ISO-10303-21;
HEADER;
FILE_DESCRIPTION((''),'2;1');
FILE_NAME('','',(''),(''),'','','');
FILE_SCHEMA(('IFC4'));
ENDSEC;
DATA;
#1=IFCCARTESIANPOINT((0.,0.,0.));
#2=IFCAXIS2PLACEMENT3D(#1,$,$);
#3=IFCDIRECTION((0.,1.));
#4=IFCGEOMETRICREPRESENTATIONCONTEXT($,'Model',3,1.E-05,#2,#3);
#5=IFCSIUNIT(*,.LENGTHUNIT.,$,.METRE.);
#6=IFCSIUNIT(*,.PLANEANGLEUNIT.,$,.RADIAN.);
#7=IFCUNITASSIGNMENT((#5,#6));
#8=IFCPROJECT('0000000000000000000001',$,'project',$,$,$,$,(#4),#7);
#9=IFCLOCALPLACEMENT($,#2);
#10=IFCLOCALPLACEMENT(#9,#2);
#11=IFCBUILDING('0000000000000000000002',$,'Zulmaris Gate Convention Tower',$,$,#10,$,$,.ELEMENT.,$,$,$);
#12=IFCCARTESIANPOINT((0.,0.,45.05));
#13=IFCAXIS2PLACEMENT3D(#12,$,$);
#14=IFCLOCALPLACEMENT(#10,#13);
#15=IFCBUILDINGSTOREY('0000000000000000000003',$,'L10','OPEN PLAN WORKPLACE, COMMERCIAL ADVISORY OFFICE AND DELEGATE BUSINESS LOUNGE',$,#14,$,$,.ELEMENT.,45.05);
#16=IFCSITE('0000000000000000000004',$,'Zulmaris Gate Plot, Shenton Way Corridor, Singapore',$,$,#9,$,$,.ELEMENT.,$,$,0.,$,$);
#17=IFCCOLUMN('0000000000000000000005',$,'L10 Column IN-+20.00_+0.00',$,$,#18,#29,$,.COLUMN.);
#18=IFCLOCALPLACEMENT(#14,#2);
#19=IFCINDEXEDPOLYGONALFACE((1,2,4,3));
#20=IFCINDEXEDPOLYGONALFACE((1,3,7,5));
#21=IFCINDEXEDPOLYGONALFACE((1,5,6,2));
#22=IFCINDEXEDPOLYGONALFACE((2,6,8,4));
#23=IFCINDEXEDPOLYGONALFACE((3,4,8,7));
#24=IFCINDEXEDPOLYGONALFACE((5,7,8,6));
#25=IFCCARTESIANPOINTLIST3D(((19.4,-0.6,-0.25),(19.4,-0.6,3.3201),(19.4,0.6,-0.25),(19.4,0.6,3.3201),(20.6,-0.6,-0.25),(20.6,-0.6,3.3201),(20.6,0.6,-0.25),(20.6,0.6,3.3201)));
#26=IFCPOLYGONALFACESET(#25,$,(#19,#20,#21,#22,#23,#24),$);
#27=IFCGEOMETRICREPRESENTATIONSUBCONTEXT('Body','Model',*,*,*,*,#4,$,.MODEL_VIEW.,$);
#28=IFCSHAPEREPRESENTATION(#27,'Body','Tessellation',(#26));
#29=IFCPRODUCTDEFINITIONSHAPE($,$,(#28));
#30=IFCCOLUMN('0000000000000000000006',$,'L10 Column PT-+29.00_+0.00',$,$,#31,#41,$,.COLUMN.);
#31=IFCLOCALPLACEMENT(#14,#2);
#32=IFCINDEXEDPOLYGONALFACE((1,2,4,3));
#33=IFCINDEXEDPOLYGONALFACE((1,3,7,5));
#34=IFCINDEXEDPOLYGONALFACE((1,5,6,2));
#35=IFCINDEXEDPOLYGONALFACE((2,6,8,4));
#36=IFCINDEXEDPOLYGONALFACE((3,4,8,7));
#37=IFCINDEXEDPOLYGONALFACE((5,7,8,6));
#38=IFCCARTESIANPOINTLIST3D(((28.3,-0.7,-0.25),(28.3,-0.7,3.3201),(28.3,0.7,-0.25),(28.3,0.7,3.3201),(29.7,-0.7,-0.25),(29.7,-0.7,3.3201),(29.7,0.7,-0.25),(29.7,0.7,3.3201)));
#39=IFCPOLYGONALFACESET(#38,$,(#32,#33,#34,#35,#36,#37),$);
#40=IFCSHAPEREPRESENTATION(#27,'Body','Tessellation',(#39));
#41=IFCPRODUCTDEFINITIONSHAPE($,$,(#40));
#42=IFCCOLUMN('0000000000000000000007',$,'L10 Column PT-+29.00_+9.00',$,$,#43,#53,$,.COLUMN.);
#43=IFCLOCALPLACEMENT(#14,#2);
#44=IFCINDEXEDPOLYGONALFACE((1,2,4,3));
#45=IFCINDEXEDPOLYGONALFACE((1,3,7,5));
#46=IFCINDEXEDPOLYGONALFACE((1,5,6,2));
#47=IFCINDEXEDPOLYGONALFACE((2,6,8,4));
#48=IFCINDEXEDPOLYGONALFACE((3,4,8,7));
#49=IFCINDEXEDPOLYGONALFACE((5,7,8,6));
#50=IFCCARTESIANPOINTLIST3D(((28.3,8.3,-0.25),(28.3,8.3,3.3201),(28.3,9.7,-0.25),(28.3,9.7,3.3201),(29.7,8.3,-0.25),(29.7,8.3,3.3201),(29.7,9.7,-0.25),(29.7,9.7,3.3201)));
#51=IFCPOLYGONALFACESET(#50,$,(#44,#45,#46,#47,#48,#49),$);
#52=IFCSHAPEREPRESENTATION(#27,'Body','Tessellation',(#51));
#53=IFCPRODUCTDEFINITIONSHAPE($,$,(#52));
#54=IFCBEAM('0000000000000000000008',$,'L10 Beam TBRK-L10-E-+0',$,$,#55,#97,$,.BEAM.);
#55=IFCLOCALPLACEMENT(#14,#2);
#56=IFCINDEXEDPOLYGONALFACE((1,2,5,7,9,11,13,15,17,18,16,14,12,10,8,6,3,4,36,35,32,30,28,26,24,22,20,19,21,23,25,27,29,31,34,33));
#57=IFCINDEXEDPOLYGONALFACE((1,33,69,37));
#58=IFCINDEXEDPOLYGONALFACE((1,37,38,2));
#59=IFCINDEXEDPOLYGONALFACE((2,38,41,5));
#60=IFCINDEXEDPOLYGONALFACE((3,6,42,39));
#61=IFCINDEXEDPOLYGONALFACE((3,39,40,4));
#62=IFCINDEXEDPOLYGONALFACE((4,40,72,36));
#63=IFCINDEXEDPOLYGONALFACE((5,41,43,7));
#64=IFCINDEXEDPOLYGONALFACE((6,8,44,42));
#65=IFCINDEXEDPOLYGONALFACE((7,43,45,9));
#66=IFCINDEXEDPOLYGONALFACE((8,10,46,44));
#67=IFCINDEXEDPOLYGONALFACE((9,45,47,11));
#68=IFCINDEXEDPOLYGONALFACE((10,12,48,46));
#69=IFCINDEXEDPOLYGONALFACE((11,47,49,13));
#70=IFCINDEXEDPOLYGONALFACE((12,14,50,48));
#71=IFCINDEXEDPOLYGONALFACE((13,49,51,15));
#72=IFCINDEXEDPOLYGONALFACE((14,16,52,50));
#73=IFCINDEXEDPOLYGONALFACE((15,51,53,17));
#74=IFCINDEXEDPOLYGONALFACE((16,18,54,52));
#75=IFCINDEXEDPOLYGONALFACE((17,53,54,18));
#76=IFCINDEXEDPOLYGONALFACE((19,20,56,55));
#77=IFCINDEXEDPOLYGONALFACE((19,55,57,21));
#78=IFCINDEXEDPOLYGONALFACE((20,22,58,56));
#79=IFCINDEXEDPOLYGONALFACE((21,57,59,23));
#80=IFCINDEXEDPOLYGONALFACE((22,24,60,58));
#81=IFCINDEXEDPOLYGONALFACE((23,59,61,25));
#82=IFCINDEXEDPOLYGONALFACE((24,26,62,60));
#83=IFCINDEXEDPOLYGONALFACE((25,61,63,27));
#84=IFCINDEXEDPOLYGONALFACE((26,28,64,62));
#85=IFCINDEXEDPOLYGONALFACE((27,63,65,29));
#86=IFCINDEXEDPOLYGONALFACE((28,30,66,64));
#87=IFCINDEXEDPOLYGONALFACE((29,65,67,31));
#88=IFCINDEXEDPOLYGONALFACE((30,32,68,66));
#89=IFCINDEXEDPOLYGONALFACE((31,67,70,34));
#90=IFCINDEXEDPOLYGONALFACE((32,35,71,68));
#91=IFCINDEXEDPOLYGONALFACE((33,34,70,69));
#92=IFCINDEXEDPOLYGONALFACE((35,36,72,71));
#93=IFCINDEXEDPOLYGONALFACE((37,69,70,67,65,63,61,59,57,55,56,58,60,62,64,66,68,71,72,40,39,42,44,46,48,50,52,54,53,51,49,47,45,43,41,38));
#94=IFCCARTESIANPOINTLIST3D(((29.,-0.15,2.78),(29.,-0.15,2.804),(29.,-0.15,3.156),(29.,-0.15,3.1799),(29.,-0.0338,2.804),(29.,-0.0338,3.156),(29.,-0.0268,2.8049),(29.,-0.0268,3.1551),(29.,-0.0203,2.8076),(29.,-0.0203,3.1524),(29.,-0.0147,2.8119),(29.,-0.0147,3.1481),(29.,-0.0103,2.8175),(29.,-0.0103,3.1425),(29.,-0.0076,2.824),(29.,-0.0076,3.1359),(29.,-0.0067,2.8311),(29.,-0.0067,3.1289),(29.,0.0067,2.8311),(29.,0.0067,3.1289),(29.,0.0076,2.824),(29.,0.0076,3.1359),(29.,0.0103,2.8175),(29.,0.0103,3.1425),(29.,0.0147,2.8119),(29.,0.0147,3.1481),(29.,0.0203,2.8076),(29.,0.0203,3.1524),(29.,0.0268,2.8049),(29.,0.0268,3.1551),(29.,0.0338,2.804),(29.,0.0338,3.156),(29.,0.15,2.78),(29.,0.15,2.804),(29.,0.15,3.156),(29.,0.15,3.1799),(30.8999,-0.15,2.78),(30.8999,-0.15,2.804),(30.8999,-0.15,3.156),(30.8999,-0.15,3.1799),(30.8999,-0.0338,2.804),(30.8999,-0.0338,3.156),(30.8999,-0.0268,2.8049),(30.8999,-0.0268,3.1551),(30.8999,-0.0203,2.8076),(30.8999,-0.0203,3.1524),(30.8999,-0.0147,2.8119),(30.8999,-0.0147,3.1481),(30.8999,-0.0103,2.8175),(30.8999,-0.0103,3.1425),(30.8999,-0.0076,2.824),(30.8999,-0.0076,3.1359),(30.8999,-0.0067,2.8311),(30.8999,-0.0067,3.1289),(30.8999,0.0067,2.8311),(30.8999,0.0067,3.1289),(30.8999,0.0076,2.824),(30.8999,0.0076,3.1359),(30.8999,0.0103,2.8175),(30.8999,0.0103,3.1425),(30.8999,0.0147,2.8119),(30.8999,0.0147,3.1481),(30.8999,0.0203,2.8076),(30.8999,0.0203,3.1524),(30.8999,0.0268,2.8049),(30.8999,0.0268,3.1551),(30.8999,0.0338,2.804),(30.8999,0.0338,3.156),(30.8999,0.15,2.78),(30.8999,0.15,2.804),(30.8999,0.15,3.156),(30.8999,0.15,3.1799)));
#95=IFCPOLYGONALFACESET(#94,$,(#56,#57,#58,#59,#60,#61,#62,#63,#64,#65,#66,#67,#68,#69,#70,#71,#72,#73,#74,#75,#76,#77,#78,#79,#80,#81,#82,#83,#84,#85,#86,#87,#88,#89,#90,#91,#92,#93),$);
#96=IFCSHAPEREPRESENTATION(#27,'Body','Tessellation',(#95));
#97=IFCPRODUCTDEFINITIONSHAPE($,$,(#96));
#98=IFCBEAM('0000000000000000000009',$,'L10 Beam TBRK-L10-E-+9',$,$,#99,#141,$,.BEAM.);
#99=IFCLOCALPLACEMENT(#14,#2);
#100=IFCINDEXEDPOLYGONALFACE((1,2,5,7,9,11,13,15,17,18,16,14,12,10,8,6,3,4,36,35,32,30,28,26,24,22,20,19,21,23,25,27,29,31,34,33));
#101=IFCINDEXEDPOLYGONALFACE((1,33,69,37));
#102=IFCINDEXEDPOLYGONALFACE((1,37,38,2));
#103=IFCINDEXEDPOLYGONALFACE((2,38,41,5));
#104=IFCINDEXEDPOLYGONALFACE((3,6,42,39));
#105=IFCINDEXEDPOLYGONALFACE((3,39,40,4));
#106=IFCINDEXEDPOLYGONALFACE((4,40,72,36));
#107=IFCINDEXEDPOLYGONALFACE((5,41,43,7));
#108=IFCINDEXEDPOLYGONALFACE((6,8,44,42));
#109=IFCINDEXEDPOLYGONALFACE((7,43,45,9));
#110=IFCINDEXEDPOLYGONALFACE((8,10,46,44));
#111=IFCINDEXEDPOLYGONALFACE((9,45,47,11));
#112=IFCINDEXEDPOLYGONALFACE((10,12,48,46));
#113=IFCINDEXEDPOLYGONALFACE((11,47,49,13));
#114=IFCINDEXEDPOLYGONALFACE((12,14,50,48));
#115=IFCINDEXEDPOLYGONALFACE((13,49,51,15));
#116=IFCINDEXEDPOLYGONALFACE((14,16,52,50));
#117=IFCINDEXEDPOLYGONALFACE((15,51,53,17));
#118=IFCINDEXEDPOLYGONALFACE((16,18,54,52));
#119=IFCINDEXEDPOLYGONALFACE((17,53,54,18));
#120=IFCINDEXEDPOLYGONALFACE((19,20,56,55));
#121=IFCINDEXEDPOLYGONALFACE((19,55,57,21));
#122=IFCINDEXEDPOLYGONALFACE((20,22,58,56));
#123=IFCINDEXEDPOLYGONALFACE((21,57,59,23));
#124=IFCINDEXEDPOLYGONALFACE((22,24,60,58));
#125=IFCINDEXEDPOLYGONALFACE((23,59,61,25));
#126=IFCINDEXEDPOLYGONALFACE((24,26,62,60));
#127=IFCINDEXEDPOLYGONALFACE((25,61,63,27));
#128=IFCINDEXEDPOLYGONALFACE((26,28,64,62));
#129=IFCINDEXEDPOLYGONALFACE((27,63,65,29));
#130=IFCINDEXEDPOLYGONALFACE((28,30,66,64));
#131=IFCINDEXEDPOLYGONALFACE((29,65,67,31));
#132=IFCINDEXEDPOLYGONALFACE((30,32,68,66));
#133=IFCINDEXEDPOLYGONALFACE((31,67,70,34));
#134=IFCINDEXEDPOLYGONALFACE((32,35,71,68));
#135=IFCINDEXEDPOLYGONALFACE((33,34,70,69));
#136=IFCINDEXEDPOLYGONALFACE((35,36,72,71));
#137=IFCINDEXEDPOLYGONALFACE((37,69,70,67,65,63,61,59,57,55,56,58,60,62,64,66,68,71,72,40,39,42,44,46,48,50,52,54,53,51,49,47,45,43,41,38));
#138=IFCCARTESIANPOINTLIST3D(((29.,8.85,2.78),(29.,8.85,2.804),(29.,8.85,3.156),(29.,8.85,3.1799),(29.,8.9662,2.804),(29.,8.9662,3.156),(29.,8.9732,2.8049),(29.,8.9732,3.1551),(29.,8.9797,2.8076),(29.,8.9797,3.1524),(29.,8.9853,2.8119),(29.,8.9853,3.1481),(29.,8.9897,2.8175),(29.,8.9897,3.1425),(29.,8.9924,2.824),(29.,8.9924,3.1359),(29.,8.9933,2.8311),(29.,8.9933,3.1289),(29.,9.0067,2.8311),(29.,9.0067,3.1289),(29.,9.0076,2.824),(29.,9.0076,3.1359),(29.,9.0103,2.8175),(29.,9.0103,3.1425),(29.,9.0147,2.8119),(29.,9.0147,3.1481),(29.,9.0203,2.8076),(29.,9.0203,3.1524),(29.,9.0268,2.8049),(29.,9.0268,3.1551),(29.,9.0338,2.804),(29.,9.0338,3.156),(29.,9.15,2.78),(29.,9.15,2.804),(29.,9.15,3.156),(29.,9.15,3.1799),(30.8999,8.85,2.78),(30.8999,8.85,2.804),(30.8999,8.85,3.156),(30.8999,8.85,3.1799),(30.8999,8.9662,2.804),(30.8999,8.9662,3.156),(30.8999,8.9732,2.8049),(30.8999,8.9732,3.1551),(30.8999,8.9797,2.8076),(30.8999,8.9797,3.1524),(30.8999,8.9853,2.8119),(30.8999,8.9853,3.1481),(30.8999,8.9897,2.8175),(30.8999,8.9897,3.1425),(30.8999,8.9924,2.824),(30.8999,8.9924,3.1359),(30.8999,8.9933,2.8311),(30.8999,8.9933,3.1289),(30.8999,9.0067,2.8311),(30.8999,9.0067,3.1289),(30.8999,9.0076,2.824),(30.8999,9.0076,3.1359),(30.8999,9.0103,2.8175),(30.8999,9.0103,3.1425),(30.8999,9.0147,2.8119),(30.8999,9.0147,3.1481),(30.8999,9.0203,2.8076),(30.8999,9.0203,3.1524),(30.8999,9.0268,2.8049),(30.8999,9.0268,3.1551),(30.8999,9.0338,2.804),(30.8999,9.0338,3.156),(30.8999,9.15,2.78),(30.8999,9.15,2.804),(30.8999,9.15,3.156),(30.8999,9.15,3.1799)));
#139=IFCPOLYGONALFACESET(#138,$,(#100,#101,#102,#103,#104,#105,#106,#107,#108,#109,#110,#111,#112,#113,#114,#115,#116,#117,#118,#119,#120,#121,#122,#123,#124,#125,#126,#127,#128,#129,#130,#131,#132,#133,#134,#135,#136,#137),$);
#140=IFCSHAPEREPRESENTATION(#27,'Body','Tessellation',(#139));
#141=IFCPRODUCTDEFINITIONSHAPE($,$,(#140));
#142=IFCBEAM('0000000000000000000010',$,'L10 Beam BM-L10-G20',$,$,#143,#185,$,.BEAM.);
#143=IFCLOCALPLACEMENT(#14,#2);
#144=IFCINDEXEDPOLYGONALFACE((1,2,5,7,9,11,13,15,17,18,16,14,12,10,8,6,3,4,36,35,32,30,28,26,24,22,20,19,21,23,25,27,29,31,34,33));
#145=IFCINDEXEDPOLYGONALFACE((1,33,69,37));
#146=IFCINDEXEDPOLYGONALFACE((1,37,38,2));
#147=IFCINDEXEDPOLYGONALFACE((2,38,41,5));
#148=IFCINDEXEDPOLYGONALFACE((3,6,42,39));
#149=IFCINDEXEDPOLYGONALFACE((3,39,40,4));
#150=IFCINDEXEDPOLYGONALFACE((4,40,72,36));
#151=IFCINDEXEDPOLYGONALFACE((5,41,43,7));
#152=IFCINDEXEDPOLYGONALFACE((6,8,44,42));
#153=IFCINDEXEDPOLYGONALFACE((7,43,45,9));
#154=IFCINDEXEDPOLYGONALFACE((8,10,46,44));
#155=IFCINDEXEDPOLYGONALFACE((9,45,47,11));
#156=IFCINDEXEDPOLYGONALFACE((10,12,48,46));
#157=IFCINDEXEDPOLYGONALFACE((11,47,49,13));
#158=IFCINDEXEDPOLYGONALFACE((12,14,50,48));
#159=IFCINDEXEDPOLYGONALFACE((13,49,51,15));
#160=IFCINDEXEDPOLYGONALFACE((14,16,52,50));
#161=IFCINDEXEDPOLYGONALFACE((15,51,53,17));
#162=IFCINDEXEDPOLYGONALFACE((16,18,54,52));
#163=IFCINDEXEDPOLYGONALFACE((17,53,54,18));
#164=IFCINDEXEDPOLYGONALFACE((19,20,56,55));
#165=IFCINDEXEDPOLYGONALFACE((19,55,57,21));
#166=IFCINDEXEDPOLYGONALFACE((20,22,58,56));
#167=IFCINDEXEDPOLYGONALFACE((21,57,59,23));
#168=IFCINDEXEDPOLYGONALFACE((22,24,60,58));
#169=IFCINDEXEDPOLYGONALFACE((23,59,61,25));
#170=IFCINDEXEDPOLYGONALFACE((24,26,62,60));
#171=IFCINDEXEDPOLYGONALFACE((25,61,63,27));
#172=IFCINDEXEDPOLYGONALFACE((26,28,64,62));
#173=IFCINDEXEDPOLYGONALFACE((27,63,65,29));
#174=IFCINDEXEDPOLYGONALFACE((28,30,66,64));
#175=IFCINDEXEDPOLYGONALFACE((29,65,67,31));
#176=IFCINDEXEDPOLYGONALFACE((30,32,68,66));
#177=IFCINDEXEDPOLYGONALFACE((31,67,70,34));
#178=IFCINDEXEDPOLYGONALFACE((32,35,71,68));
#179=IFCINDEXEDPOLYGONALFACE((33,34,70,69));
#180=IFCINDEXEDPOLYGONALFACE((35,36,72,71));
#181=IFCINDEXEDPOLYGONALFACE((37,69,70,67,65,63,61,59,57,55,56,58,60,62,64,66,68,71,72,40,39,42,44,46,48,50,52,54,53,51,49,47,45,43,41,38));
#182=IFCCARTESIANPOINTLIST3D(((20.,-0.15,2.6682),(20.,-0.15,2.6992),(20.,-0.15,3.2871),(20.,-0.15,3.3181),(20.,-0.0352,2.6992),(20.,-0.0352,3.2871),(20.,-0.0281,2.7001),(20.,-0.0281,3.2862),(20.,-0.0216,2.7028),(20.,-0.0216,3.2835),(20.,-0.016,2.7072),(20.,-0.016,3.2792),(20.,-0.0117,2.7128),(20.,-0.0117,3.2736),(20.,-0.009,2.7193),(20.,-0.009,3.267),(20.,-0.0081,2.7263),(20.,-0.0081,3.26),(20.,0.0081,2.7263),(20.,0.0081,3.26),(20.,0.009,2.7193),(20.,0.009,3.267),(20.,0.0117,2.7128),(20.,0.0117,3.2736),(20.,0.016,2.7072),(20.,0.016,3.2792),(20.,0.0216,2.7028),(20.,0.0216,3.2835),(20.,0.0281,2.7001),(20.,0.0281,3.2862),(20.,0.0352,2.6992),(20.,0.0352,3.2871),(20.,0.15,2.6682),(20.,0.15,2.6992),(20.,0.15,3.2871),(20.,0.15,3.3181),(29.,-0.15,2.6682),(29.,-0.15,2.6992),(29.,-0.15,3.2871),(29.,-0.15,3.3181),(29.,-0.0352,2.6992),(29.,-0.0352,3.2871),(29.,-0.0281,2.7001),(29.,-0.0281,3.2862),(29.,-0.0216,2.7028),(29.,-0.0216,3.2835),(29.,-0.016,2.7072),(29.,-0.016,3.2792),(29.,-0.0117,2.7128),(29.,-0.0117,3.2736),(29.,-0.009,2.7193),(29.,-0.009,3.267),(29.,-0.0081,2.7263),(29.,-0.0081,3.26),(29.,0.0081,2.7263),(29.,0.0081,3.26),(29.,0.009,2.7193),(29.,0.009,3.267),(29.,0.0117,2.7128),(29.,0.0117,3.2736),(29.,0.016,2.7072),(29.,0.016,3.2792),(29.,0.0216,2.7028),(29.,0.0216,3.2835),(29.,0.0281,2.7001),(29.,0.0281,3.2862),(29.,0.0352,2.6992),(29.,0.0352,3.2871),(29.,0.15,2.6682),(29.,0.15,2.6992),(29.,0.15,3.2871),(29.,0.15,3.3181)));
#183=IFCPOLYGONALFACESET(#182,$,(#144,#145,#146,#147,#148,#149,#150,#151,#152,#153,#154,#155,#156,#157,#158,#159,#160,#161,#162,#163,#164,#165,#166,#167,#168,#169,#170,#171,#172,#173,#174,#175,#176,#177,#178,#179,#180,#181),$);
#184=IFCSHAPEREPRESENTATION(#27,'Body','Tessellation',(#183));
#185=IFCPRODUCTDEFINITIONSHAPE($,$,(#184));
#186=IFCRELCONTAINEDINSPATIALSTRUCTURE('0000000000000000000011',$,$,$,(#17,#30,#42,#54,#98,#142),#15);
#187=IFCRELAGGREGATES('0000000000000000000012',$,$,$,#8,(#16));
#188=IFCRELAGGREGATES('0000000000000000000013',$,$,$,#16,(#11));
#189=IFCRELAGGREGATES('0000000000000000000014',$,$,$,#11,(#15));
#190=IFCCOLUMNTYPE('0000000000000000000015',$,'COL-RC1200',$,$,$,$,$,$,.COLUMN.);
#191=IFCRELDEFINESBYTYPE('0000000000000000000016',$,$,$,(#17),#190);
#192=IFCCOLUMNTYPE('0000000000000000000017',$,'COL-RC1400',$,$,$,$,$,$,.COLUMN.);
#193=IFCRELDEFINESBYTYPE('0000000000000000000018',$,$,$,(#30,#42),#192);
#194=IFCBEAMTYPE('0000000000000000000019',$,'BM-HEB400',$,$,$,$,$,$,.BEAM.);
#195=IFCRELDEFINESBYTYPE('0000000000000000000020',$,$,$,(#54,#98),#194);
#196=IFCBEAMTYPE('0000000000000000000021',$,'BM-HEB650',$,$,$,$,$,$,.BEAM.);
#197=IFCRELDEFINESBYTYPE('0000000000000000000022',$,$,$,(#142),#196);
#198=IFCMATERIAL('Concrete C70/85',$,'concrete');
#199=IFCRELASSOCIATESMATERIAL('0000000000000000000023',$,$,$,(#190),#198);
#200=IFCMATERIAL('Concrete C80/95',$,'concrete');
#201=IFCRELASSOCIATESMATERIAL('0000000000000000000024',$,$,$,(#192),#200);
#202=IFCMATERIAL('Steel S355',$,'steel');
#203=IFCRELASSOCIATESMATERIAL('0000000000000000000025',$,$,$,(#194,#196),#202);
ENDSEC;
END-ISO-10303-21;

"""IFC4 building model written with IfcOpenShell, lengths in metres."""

from ifc_helpers import new_model, si_unit, direction, frame, origin, origin_2d, place, context, subcontext, project, spatial, rectangle, i_section, extrude, material, material_profile, profile_set, type_object, element, save


model = new_model("IFC4")

# Units and contexts
model_context = context("Model", 3, precision=1e-05, world=origin(), true_north=direction((0.0, 1.0)))
body_context = subcontext(model_context, "Body", "Model", "MODEL_VIEW")
ifc_project = project(units=[si_unit("LENGTHUNIT", "METRE"), si_unit("PLANEANGLEUNIT", "RADIAN")], contexts=[model_context])

# Site, building, storey
site_placement = place(None, origin())
site = spatial("IfcSite", under=ifc_project, at=site_placement, Name="Zulmaris Gate Plot, Shenton Way Corridor, Singapore", CompositionType="ELEMENT", RefElevation=0.0)
building_placement = place(site_placement, origin())
building = spatial("IfcBuilding", under=site, at=building_placement, Name="Zulmaris Gate Convention Tower", CompositionType="ELEMENT")
storey_placement = place(building_placement, frame((0.0, 0.0, 45.05)))
storey = spatial("IfcBuildingStorey", under=building, at=storey_placement, Name="L10", Description="OPEN PLAN WORKPLACE, COMMERCIAL ADVISORY OFFICE AND DELEGATE BUSINESS LOUNGE", CompositionType="ELEMENT", Elevation=45.05)

# Columns
ifc_material_1 = material(Name="Concrete C70/85", Category="concrete")
ifc_material_profile_1 = material_profile(ifc_material_1, rectangle(XDim=1.2, YDim=1.2, at=origin_2d()), Name="RC COL 1200x1200")
ifc_profile_set_1 = profile_set([ifc_material_profile_1], Name="Concrete C70/85")
column_type_1 = type_object("IfcColumnType", Name="COL-RC1200", PredefinedType="COLUMN", material=ifc_profile_set_1)
column_placement = place(storey_placement, frame((20.0, 0.0, -0.25), z_axis=(0.0, 0.0, 1.0), x_axis=(1.0, 0.0, 0.0)))
element("IfcColumn", 1, at=column_placement, inside=storey, type_object=column_type_1, Name="L10 Column IN-+20.00_+0.00", PredefinedType="COLUMN", context=body_context, shape_type="SweptSolid", body=[
    extrude(rectangle(XDim=1.2, YDim=1.2, at=origin_2d()), origin(), (0.0, 0.0, 1.0), 3.5701),
])
ifc_material_2 = material(Name="Concrete C80/95", Category="concrete")
ifc_material_profile_2 = material_profile(ifc_material_2, rectangle(XDim=1.3999, YDim=1.3999, at=origin_2d()), Name="RC COL 1400x1400")
ifc_profile_set_2 = profile_set([ifc_material_profile_2], Name="Concrete C80/95")
column_type_2 = type_object("IfcColumnType", Name="COL-RC1400", PredefinedType="COLUMN", material=ifc_profile_set_2)
for number, where, z_axis, x_axis, name in (
    (2, (29.0, 0.0, -0.25), (0.0, 0.0, 1.0), (1.0, 0.0, 0.0), "L10 Column PT-+29.00_+0.00"),
    (3, (29.0, 9.0, -0.25), (0.0, 0.0, 1.0), (1.0, 0.0, 0.0), "L10 Column PT-+29.00_+9.00"),
):
    element("IfcColumn", number, at=place(storey_placement, frame(where, z_axis=z_axis, x_axis=x_axis)), inside=storey, type_object=column_type_2, Name=name, PredefinedType="COLUMN", context=body_context, shape_type="SweptSolid", body=[
        extrude(rectangle(XDim=1.3999, YDim=1.3999, at=origin_2d()), origin(), (0.0, 0.0, 1.0), 3.5701),
    ])

# Beams
ifc_material_3 = material(Name="Steel S355", Category="steel")
ifc_material_profile_3 = material_profile(ifc_material_3, i_section(OverallWidth=0.3, OverallDepth=0.3999, WebThickness=0.0134, FlangeThickness=0.0239, FilletRadius=0.0271, at=origin_2d()), Name="HEB 400")
ifc_profile_set_3 = profile_set([ifc_material_profile_3], Name="Steel S355")
beam_type_1 = type_object("IfcBeamType", Name="BM-HEB400", PredefinedType="BEAM", material=ifc_profile_set_3)
for number, where, z_axis, x_axis, name in (
    (4, (29.0, 0.0, 2.98), (1.0, 0.0, 0.0), (0.0, 1.0, 0.0), "L10 Beam TBRK-L10-E-+0"),
    (5, (29.0, 9.0, 2.98), (1.0, 0.0, 0.0), (0.0, 1.0, 0.0), "L10 Beam TBRK-L10-E-+9"),
):
    element("IfcBeam", number, at=place(storey_placement, frame(where, z_axis=z_axis, x_axis=x_axis)), inside=storey, type_object=beam_type_1, Name=name, PredefinedType="BEAM", context=body_context, shape_type="SweptSolid", body=[
        extrude(i_section(OverallWidth=0.3, OverallDepth=0.3999, WebThickness=0.0134, FlangeThickness=0.0239, FilletRadius=0.0271, at=origin_2d()), origin(), (0.0, 0.0, 1.0), 1.8999),
    ])
ifc_material_profile_4 = material_profile(ifc_material_3, i_section(OverallWidth=0.3, OverallDepth=0.6499, WebThickness=0.0161, FlangeThickness=0.031, FilletRadius=0.0271, at=origin_2d()), Name="HEB 650")
ifc_profile_set_4 = profile_set([ifc_material_profile_4], Name="Steel S355")
beam_type_2 = type_object("IfcBeamType", Name="BM-HEB650", PredefinedType="BEAM", material=ifc_profile_set_4)
for number, where, z_axis, x_axis, name in (
    (6, (20.0, 0.0, 2.9932), (1.0, 0.0, 0.0), (0.0, 1.0, 0.0), "L10 Beam BM-L10-G20"),
):
    element("IfcBeam", number, at=place(storey_placement, frame(where, z_axis=z_axis, x_axis=x_axis)), inside=storey, type_object=beam_type_2, Name=name, PredefinedType="BEAM", context=body_context, shape_type="SweptSolid", body=[
        extrude(i_section(OverallWidth=0.3, OverallDepth=0.6499, WebThickness=0.0161, FlangeThickness=0.031, FilletRadius=0.0271, at=origin_2d()), origin(), (0.0, 0.0, 1.0), 9.0),
    ])

save(model, "model.ifc")
